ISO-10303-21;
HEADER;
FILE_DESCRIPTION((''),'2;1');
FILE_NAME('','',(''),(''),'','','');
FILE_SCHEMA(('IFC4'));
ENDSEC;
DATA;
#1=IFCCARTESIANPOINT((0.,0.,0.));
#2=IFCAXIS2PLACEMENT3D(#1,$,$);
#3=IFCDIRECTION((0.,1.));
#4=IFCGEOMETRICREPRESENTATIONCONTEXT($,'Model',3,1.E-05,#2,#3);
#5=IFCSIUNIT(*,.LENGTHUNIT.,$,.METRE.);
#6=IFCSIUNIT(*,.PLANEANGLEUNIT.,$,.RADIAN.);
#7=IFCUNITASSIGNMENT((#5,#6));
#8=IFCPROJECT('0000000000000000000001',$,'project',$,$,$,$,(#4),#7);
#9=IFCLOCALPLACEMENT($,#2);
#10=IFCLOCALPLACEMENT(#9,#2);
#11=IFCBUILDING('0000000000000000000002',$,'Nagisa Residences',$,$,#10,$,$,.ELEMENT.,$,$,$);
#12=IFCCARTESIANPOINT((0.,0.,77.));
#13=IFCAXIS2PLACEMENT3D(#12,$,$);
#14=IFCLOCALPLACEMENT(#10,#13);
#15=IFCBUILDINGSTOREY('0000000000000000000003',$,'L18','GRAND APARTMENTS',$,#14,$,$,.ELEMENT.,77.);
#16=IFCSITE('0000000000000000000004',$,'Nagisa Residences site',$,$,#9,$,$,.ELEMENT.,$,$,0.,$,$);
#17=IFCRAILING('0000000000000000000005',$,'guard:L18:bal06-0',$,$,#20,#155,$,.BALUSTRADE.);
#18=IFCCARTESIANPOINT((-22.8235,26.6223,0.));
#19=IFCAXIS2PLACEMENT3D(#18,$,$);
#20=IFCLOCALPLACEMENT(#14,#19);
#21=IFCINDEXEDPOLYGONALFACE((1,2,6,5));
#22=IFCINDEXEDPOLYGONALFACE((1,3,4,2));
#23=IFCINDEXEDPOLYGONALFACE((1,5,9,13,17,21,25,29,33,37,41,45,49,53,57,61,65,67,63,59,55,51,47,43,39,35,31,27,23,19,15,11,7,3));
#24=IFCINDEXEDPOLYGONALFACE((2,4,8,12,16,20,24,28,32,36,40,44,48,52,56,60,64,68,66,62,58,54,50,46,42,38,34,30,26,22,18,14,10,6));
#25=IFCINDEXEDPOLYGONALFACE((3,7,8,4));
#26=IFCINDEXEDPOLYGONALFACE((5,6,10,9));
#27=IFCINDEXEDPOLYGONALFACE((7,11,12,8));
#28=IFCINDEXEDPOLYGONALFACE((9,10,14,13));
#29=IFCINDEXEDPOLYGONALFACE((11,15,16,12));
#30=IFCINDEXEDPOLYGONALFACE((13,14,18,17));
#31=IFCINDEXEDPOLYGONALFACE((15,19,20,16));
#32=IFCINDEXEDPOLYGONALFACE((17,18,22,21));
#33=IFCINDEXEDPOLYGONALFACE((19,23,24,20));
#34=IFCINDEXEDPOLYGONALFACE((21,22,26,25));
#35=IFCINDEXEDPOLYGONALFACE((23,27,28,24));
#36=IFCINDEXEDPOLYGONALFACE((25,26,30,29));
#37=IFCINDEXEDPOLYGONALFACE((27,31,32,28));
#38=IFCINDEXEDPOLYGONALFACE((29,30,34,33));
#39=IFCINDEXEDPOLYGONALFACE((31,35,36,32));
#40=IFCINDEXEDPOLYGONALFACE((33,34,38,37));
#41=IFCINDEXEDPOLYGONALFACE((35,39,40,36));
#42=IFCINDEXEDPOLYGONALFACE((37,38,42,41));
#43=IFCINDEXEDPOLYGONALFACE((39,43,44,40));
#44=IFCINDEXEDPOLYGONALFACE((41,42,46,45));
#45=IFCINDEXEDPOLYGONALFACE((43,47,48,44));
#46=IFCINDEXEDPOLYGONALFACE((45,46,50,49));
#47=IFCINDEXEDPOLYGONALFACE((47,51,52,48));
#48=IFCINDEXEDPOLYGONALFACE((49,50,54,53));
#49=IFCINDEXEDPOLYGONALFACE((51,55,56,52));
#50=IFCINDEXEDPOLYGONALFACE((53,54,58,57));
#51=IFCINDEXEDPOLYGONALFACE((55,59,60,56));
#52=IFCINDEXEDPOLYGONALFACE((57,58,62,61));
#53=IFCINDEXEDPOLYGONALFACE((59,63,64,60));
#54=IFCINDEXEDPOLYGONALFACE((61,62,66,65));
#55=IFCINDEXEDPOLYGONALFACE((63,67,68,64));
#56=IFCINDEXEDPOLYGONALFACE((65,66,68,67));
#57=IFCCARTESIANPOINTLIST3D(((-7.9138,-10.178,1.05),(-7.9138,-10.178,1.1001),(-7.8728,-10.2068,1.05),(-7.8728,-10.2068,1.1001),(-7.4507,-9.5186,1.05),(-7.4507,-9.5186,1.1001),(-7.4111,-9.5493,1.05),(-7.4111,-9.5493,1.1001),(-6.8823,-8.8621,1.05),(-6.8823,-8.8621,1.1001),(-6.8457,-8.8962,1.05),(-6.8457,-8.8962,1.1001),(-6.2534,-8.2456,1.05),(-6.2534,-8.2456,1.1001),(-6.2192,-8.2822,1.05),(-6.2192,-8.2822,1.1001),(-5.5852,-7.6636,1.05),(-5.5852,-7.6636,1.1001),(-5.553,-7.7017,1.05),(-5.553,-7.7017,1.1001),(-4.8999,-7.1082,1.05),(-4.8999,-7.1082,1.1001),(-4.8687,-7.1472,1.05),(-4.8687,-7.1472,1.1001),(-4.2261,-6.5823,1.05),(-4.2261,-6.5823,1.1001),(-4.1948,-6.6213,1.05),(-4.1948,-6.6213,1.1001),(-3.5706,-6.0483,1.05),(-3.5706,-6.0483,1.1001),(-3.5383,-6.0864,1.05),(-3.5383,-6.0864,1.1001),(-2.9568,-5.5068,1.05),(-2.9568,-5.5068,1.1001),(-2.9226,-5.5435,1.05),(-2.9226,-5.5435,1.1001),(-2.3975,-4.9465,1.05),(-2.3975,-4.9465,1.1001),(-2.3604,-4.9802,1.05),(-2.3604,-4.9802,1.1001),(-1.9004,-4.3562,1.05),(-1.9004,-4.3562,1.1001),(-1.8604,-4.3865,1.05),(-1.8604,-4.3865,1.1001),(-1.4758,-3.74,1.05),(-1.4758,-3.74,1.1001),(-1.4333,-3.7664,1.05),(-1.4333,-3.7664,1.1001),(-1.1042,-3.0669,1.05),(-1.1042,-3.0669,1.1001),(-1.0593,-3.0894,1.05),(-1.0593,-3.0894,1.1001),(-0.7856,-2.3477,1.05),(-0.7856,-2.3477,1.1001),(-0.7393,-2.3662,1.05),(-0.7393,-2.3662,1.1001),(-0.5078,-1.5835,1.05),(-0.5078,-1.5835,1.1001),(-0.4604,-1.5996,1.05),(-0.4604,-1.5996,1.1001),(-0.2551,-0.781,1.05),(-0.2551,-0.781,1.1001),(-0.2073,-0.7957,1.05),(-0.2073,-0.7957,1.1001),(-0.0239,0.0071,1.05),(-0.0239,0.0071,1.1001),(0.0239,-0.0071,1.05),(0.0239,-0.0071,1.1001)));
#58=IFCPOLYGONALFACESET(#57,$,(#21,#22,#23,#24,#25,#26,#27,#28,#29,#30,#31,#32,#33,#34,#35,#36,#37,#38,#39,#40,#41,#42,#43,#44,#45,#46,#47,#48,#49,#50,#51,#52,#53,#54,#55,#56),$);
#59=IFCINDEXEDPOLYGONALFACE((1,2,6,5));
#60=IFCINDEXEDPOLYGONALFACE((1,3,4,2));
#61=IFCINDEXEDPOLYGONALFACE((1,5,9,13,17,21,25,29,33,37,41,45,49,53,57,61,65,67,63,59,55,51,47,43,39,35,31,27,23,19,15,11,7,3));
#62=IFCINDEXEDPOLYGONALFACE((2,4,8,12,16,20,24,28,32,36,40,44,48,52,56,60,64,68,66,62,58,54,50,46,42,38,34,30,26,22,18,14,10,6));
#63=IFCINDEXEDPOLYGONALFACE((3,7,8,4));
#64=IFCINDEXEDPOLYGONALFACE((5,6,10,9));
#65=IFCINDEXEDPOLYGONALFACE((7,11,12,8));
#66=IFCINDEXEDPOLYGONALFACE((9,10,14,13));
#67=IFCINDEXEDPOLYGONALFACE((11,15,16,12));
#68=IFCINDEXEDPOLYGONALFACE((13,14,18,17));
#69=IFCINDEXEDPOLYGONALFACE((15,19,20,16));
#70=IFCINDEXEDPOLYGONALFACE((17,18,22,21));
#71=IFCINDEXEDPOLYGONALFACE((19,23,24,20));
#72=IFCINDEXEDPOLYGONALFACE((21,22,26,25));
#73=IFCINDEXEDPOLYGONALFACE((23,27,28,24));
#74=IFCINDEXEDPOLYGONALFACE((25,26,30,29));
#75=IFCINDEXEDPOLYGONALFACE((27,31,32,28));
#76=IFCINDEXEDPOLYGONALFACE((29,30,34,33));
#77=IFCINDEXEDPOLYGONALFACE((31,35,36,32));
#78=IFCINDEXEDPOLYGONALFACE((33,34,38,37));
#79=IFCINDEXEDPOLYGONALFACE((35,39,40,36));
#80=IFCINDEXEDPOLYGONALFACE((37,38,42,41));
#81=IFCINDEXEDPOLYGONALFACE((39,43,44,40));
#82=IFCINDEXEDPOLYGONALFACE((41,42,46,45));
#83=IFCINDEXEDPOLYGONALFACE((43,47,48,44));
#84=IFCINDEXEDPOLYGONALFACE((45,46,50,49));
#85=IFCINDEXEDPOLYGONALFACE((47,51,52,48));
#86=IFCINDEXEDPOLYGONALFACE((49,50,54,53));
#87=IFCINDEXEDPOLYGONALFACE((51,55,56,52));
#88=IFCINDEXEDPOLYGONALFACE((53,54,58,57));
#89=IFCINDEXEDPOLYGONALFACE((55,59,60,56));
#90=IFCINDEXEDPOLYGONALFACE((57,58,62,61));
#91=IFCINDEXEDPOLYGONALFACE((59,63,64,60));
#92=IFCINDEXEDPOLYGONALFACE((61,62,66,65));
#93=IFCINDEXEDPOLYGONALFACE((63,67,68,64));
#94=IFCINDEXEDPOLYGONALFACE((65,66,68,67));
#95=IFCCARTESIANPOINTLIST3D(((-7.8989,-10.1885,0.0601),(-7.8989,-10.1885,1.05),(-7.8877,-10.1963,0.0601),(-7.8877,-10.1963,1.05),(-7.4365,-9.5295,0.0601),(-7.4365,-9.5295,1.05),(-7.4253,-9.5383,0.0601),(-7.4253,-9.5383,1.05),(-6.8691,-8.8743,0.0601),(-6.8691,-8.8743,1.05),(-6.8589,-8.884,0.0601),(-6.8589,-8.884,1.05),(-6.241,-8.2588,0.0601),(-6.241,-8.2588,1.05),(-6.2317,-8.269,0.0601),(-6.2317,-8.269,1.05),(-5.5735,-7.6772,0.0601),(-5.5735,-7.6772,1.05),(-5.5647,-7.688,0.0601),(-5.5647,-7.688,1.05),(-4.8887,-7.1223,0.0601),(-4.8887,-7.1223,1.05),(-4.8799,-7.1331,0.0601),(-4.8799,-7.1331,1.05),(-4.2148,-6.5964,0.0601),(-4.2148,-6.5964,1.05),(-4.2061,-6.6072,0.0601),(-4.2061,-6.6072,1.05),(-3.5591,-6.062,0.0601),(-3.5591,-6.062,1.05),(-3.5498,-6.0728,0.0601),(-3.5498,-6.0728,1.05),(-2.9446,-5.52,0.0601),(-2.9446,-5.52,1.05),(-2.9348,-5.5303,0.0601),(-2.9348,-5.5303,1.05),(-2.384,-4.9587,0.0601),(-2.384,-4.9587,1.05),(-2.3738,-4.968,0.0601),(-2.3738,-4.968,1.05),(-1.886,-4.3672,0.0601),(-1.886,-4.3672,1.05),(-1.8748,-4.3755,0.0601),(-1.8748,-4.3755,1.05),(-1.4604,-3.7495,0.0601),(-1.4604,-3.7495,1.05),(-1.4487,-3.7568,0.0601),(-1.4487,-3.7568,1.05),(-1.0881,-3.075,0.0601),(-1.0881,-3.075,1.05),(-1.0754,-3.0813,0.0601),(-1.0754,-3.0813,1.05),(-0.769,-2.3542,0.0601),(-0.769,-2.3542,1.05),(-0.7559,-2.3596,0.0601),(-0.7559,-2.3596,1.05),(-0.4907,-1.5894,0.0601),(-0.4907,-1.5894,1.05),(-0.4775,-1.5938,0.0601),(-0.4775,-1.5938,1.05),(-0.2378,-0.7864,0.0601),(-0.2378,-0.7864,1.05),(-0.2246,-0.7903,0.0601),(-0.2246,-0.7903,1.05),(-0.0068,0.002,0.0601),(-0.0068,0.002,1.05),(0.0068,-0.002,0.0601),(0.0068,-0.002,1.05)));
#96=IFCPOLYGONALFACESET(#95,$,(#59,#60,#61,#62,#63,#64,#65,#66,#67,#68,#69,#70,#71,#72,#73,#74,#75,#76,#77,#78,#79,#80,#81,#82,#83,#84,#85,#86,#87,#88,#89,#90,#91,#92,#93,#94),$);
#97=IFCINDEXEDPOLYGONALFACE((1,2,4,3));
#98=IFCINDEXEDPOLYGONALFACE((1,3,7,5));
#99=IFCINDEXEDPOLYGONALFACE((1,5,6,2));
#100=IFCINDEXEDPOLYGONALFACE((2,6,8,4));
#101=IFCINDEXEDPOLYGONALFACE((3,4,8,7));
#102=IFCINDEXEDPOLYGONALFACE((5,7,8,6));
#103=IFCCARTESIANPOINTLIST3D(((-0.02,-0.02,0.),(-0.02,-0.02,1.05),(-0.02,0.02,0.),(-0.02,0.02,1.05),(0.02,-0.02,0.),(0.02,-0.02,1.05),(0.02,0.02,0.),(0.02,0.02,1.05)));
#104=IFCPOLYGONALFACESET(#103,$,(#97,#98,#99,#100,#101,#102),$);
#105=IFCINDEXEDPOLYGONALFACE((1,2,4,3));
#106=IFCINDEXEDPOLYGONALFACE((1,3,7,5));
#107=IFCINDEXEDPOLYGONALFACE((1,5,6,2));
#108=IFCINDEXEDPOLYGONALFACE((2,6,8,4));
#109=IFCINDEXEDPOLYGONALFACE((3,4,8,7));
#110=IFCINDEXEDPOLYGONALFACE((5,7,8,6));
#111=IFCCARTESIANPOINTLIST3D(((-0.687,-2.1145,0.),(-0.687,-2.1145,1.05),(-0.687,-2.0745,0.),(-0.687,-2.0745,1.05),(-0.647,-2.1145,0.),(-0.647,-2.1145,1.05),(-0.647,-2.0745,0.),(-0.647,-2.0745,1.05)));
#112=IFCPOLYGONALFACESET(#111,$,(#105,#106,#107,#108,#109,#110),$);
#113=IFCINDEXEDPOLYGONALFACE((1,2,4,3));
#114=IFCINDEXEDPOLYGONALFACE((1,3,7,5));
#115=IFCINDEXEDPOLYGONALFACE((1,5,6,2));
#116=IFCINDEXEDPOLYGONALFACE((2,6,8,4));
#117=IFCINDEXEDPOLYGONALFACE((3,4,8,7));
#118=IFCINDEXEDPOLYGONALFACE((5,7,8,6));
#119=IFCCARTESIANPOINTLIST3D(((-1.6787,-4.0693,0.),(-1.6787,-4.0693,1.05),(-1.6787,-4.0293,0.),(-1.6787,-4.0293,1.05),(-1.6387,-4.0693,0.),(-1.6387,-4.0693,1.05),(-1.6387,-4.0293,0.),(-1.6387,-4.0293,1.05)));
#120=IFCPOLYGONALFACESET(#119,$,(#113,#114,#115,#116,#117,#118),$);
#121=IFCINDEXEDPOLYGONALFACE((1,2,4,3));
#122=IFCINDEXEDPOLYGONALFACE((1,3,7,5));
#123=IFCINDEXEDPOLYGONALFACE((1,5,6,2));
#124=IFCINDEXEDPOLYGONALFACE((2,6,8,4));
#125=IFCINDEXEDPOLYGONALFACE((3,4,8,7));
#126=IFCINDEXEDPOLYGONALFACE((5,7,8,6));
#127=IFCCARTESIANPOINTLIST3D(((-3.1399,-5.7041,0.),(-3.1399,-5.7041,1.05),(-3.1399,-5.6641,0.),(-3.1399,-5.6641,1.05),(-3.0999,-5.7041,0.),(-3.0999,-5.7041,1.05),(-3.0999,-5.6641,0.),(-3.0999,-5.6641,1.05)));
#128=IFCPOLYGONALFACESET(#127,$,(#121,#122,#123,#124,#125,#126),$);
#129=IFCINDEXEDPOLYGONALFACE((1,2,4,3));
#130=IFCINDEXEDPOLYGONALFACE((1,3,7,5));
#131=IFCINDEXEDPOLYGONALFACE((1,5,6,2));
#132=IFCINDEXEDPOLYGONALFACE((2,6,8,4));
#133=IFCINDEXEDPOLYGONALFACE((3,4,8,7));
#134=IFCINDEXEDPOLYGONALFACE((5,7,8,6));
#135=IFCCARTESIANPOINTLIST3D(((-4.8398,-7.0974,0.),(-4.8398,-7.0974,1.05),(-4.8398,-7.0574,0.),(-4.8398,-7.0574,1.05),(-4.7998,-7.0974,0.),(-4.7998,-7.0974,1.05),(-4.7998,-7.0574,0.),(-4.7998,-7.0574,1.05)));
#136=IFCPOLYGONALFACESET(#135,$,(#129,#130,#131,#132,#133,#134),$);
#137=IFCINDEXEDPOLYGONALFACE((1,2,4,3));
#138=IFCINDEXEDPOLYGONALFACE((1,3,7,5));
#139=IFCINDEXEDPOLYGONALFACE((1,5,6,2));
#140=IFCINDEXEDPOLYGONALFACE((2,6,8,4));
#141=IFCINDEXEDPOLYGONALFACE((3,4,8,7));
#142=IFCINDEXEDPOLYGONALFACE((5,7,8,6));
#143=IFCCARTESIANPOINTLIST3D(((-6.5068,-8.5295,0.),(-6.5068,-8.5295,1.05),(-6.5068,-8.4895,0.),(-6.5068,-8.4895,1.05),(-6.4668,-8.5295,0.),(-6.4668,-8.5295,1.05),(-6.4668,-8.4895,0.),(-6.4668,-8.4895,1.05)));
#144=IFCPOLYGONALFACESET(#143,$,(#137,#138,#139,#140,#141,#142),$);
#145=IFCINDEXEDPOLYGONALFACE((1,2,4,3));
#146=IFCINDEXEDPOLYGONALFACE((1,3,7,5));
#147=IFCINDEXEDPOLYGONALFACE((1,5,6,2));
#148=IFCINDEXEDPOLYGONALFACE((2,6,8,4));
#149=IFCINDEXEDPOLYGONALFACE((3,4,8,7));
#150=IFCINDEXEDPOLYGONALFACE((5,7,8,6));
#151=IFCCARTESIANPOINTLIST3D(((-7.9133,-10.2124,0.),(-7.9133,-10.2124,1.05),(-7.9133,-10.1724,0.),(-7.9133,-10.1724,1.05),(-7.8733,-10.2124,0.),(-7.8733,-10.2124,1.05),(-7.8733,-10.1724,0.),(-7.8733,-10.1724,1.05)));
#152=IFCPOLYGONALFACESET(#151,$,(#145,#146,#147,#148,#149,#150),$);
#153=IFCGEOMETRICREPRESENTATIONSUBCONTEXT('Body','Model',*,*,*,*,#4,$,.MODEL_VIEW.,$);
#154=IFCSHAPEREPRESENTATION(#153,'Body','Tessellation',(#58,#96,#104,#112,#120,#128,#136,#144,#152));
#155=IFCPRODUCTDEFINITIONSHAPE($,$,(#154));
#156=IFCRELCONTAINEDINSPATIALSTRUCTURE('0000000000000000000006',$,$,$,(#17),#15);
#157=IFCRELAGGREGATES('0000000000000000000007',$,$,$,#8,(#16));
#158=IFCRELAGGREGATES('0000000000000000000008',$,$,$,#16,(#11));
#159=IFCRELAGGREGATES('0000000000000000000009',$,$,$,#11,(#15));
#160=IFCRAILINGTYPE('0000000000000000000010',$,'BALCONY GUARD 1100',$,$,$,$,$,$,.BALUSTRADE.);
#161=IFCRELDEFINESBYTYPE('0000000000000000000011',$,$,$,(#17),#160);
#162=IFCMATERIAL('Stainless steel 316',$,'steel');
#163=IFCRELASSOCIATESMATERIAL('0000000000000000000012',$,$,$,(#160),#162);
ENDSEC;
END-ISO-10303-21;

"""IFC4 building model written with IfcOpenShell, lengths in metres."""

from ifc_helpers import new_model, si_unit, direction, frame, origin, origin_2d, place, context, subcontext, project, spatial, polyline, rectangle, outline, extrude, material, type_object, element, save


model = new_model("IFC4")

# Units and contexts
model_context = context("Model", 3, precision=1e-05, world=origin(), true_north=direction((0.0, 1.0)))
body_context = subcontext(model_context, "Body", "Model", "MODEL_VIEW")
ifc_project = project(units=[si_unit("LENGTHUNIT", "METRE"), si_unit("PLANEANGLEUNIT", "RADIAN")], contexts=[model_context])

# Site, building, storey
site_placement = place(None, origin())
site = spatial("IfcSite", under=ifc_project, at=site_placement, Name="Nagisa Residences site", CompositionType="ELEMENT", RefElevation=0.0)
building_placement = place(site_placement, origin())
building = spatial("IfcBuilding", under=site, at=building_placement, Name="Nagisa Residences", CompositionType="ELEMENT")
storey_placement = place(building_placement, frame((0.0, 0.0, 77.0)))
storey = spatial("IfcBuildingStorey", under=building, at=storey_placement, Name="L18", Description="GRAND APARTMENTS", CompositionType="ELEMENT", Elevation=77.0)

# Railing
ifc_material_1 = material(Name="Stainless steel 316", Category="steel")
railing_type = type_object("IfcRailingType", Name="BALCONY GUARD 1100", PredefinedType="BALUSTRADE", material=ifc_material_1)
railing_1_placement = place(storey_placement, frame((-22.8235, 26.6223, 0.0)))
element("IfcRailing", 1, at=railing_1_placement, inside=storey, type_object=railing_type, Name="guard:L18:bal06-0", PredefinedType="BALUSTRADE", context=body_context, shape_type="SweptSolid", body=[
    extrude(outline(polyline([(-0.2073, -0.7957), (0.0239, -0.0071), (-0.0239, 0.0071), (-0.2551, -0.781), (-0.5078, -1.5835), (-0.7856, -2.3477), (-1.1042, -3.0669), (-1.4758, -3.74), (-1.9004, -4.3562), (-2.3975, -4.9465), (-2.9568, -5.5068), (-3.5706, -6.0483), (-4.2261, -6.5823), (-4.8999, -7.1082), (-5.5852, -7.6636), (-6.2534, -8.2456), (-6.8823, -8.8621), (-7.4507, -9.5186), (-7.9138, -10.178), (-7.8728, -10.2068), (-7.4111, -9.5493), (-6.8457, -8.8962), (-6.2192, -8.2822), (-5.553, -7.7017), (-4.8687, -7.1472), (-4.1948, -6.6213), (-3.5383, -6.0864), (-2.9226, -5.5435), (-2.3604, -4.9802), (-1.8604, -4.3865), (-1.4333, -3.7664), (-1.0593, -3.0894), (-0.7393, -2.3662), (-0.4604, -1.5996), (-0.2073, -0.7957)])), frame((0.0, 0.0, 1.05)), (0.0, 0.0, 1.0), 0.05),
    extrude(outline(polyline([(-0.2246, -0.7903), (0.0068, -0.002), (-0.0068, 0.002), (-0.2378, -0.7864), (-0.4907, -1.5894), (-0.769, -2.3542), (-1.0881, -3.075), (-1.4604, -3.7495), (-1.886, -4.3672), (-2.384, -4.9587), (-2.9446, -5.52), (-3.5591, -6.062), (-4.2148, -6.5964), (-4.8887, -7.1223), (-5.5735, -7.6772), (-6.241, -8.2588), (-6.8691, -8.8743), (-7.4365, -9.5295), (-7.8989, -10.1885), (-7.8877, -10.1963), (-7.4253, -9.5383), (-6.8589, -8.884), (-6.2317, -8.269), (-5.5647, -7.688), (-4.8799, -7.1331), (-4.2061, -6.6072), (-3.5498, -6.0728), (-2.9348, -5.5303), (-2.3738, -4.968), (-1.8748, -4.3755), (-1.4487, -3.7568), (-1.0754, -3.0813), (-0.7559, -2.3596), (-0.4775, -1.5938), (-0.2246, -0.7903)])), frame((0.0, 0.0, 0.0601)), (0.0, 0.0, 1.0), 0.99),
    extrude(rectangle(XDim=0.04, YDim=0.04, at=origin_2d()), origin(), (0.0, 0.0, 1.0), 1.05),
    extrude(rectangle(XDim=0.04, YDim=0.04, at=origin_2d()), frame((-0.667, -2.0945, 0.0)), (0.0, 0.0, 1.0), 1.05),
    extrude(rectangle(XDim=0.04, YDim=0.04, at=origin_2d()), frame((-1.6587, -4.0493, 0.0)), (0.0, 0.0, 1.0), 1.05),
    extrude(rectangle(XDim=0.04, YDim=0.04, at=origin_2d()), frame((-3.1199, -5.6841, 0.0)), (0.0, 0.0, 1.0), 1.05),
    extrude(rectangle(XDim=0.04, YDim=0.04, at=origin_2d()), frame((-4.8198, -7.0774, 0.0)), (0.0, 0.0, 1.0), 1.05),
    extrude(rectangle(XDim=0.04, YDim=0.04, at=origin_2d()), frame((-6.4868, -8.5095, 0.0)), (0.0, 0.0, 1.0), 1.05),
    extrude(rectangle(XDim=0.04, YDim=0.04, at=origin_2d()), frame((-7.8933, -10.1924, 0.0)), (0.0, 0.0, 1.0), 1.05),
])

save(model, "model.ifc")
